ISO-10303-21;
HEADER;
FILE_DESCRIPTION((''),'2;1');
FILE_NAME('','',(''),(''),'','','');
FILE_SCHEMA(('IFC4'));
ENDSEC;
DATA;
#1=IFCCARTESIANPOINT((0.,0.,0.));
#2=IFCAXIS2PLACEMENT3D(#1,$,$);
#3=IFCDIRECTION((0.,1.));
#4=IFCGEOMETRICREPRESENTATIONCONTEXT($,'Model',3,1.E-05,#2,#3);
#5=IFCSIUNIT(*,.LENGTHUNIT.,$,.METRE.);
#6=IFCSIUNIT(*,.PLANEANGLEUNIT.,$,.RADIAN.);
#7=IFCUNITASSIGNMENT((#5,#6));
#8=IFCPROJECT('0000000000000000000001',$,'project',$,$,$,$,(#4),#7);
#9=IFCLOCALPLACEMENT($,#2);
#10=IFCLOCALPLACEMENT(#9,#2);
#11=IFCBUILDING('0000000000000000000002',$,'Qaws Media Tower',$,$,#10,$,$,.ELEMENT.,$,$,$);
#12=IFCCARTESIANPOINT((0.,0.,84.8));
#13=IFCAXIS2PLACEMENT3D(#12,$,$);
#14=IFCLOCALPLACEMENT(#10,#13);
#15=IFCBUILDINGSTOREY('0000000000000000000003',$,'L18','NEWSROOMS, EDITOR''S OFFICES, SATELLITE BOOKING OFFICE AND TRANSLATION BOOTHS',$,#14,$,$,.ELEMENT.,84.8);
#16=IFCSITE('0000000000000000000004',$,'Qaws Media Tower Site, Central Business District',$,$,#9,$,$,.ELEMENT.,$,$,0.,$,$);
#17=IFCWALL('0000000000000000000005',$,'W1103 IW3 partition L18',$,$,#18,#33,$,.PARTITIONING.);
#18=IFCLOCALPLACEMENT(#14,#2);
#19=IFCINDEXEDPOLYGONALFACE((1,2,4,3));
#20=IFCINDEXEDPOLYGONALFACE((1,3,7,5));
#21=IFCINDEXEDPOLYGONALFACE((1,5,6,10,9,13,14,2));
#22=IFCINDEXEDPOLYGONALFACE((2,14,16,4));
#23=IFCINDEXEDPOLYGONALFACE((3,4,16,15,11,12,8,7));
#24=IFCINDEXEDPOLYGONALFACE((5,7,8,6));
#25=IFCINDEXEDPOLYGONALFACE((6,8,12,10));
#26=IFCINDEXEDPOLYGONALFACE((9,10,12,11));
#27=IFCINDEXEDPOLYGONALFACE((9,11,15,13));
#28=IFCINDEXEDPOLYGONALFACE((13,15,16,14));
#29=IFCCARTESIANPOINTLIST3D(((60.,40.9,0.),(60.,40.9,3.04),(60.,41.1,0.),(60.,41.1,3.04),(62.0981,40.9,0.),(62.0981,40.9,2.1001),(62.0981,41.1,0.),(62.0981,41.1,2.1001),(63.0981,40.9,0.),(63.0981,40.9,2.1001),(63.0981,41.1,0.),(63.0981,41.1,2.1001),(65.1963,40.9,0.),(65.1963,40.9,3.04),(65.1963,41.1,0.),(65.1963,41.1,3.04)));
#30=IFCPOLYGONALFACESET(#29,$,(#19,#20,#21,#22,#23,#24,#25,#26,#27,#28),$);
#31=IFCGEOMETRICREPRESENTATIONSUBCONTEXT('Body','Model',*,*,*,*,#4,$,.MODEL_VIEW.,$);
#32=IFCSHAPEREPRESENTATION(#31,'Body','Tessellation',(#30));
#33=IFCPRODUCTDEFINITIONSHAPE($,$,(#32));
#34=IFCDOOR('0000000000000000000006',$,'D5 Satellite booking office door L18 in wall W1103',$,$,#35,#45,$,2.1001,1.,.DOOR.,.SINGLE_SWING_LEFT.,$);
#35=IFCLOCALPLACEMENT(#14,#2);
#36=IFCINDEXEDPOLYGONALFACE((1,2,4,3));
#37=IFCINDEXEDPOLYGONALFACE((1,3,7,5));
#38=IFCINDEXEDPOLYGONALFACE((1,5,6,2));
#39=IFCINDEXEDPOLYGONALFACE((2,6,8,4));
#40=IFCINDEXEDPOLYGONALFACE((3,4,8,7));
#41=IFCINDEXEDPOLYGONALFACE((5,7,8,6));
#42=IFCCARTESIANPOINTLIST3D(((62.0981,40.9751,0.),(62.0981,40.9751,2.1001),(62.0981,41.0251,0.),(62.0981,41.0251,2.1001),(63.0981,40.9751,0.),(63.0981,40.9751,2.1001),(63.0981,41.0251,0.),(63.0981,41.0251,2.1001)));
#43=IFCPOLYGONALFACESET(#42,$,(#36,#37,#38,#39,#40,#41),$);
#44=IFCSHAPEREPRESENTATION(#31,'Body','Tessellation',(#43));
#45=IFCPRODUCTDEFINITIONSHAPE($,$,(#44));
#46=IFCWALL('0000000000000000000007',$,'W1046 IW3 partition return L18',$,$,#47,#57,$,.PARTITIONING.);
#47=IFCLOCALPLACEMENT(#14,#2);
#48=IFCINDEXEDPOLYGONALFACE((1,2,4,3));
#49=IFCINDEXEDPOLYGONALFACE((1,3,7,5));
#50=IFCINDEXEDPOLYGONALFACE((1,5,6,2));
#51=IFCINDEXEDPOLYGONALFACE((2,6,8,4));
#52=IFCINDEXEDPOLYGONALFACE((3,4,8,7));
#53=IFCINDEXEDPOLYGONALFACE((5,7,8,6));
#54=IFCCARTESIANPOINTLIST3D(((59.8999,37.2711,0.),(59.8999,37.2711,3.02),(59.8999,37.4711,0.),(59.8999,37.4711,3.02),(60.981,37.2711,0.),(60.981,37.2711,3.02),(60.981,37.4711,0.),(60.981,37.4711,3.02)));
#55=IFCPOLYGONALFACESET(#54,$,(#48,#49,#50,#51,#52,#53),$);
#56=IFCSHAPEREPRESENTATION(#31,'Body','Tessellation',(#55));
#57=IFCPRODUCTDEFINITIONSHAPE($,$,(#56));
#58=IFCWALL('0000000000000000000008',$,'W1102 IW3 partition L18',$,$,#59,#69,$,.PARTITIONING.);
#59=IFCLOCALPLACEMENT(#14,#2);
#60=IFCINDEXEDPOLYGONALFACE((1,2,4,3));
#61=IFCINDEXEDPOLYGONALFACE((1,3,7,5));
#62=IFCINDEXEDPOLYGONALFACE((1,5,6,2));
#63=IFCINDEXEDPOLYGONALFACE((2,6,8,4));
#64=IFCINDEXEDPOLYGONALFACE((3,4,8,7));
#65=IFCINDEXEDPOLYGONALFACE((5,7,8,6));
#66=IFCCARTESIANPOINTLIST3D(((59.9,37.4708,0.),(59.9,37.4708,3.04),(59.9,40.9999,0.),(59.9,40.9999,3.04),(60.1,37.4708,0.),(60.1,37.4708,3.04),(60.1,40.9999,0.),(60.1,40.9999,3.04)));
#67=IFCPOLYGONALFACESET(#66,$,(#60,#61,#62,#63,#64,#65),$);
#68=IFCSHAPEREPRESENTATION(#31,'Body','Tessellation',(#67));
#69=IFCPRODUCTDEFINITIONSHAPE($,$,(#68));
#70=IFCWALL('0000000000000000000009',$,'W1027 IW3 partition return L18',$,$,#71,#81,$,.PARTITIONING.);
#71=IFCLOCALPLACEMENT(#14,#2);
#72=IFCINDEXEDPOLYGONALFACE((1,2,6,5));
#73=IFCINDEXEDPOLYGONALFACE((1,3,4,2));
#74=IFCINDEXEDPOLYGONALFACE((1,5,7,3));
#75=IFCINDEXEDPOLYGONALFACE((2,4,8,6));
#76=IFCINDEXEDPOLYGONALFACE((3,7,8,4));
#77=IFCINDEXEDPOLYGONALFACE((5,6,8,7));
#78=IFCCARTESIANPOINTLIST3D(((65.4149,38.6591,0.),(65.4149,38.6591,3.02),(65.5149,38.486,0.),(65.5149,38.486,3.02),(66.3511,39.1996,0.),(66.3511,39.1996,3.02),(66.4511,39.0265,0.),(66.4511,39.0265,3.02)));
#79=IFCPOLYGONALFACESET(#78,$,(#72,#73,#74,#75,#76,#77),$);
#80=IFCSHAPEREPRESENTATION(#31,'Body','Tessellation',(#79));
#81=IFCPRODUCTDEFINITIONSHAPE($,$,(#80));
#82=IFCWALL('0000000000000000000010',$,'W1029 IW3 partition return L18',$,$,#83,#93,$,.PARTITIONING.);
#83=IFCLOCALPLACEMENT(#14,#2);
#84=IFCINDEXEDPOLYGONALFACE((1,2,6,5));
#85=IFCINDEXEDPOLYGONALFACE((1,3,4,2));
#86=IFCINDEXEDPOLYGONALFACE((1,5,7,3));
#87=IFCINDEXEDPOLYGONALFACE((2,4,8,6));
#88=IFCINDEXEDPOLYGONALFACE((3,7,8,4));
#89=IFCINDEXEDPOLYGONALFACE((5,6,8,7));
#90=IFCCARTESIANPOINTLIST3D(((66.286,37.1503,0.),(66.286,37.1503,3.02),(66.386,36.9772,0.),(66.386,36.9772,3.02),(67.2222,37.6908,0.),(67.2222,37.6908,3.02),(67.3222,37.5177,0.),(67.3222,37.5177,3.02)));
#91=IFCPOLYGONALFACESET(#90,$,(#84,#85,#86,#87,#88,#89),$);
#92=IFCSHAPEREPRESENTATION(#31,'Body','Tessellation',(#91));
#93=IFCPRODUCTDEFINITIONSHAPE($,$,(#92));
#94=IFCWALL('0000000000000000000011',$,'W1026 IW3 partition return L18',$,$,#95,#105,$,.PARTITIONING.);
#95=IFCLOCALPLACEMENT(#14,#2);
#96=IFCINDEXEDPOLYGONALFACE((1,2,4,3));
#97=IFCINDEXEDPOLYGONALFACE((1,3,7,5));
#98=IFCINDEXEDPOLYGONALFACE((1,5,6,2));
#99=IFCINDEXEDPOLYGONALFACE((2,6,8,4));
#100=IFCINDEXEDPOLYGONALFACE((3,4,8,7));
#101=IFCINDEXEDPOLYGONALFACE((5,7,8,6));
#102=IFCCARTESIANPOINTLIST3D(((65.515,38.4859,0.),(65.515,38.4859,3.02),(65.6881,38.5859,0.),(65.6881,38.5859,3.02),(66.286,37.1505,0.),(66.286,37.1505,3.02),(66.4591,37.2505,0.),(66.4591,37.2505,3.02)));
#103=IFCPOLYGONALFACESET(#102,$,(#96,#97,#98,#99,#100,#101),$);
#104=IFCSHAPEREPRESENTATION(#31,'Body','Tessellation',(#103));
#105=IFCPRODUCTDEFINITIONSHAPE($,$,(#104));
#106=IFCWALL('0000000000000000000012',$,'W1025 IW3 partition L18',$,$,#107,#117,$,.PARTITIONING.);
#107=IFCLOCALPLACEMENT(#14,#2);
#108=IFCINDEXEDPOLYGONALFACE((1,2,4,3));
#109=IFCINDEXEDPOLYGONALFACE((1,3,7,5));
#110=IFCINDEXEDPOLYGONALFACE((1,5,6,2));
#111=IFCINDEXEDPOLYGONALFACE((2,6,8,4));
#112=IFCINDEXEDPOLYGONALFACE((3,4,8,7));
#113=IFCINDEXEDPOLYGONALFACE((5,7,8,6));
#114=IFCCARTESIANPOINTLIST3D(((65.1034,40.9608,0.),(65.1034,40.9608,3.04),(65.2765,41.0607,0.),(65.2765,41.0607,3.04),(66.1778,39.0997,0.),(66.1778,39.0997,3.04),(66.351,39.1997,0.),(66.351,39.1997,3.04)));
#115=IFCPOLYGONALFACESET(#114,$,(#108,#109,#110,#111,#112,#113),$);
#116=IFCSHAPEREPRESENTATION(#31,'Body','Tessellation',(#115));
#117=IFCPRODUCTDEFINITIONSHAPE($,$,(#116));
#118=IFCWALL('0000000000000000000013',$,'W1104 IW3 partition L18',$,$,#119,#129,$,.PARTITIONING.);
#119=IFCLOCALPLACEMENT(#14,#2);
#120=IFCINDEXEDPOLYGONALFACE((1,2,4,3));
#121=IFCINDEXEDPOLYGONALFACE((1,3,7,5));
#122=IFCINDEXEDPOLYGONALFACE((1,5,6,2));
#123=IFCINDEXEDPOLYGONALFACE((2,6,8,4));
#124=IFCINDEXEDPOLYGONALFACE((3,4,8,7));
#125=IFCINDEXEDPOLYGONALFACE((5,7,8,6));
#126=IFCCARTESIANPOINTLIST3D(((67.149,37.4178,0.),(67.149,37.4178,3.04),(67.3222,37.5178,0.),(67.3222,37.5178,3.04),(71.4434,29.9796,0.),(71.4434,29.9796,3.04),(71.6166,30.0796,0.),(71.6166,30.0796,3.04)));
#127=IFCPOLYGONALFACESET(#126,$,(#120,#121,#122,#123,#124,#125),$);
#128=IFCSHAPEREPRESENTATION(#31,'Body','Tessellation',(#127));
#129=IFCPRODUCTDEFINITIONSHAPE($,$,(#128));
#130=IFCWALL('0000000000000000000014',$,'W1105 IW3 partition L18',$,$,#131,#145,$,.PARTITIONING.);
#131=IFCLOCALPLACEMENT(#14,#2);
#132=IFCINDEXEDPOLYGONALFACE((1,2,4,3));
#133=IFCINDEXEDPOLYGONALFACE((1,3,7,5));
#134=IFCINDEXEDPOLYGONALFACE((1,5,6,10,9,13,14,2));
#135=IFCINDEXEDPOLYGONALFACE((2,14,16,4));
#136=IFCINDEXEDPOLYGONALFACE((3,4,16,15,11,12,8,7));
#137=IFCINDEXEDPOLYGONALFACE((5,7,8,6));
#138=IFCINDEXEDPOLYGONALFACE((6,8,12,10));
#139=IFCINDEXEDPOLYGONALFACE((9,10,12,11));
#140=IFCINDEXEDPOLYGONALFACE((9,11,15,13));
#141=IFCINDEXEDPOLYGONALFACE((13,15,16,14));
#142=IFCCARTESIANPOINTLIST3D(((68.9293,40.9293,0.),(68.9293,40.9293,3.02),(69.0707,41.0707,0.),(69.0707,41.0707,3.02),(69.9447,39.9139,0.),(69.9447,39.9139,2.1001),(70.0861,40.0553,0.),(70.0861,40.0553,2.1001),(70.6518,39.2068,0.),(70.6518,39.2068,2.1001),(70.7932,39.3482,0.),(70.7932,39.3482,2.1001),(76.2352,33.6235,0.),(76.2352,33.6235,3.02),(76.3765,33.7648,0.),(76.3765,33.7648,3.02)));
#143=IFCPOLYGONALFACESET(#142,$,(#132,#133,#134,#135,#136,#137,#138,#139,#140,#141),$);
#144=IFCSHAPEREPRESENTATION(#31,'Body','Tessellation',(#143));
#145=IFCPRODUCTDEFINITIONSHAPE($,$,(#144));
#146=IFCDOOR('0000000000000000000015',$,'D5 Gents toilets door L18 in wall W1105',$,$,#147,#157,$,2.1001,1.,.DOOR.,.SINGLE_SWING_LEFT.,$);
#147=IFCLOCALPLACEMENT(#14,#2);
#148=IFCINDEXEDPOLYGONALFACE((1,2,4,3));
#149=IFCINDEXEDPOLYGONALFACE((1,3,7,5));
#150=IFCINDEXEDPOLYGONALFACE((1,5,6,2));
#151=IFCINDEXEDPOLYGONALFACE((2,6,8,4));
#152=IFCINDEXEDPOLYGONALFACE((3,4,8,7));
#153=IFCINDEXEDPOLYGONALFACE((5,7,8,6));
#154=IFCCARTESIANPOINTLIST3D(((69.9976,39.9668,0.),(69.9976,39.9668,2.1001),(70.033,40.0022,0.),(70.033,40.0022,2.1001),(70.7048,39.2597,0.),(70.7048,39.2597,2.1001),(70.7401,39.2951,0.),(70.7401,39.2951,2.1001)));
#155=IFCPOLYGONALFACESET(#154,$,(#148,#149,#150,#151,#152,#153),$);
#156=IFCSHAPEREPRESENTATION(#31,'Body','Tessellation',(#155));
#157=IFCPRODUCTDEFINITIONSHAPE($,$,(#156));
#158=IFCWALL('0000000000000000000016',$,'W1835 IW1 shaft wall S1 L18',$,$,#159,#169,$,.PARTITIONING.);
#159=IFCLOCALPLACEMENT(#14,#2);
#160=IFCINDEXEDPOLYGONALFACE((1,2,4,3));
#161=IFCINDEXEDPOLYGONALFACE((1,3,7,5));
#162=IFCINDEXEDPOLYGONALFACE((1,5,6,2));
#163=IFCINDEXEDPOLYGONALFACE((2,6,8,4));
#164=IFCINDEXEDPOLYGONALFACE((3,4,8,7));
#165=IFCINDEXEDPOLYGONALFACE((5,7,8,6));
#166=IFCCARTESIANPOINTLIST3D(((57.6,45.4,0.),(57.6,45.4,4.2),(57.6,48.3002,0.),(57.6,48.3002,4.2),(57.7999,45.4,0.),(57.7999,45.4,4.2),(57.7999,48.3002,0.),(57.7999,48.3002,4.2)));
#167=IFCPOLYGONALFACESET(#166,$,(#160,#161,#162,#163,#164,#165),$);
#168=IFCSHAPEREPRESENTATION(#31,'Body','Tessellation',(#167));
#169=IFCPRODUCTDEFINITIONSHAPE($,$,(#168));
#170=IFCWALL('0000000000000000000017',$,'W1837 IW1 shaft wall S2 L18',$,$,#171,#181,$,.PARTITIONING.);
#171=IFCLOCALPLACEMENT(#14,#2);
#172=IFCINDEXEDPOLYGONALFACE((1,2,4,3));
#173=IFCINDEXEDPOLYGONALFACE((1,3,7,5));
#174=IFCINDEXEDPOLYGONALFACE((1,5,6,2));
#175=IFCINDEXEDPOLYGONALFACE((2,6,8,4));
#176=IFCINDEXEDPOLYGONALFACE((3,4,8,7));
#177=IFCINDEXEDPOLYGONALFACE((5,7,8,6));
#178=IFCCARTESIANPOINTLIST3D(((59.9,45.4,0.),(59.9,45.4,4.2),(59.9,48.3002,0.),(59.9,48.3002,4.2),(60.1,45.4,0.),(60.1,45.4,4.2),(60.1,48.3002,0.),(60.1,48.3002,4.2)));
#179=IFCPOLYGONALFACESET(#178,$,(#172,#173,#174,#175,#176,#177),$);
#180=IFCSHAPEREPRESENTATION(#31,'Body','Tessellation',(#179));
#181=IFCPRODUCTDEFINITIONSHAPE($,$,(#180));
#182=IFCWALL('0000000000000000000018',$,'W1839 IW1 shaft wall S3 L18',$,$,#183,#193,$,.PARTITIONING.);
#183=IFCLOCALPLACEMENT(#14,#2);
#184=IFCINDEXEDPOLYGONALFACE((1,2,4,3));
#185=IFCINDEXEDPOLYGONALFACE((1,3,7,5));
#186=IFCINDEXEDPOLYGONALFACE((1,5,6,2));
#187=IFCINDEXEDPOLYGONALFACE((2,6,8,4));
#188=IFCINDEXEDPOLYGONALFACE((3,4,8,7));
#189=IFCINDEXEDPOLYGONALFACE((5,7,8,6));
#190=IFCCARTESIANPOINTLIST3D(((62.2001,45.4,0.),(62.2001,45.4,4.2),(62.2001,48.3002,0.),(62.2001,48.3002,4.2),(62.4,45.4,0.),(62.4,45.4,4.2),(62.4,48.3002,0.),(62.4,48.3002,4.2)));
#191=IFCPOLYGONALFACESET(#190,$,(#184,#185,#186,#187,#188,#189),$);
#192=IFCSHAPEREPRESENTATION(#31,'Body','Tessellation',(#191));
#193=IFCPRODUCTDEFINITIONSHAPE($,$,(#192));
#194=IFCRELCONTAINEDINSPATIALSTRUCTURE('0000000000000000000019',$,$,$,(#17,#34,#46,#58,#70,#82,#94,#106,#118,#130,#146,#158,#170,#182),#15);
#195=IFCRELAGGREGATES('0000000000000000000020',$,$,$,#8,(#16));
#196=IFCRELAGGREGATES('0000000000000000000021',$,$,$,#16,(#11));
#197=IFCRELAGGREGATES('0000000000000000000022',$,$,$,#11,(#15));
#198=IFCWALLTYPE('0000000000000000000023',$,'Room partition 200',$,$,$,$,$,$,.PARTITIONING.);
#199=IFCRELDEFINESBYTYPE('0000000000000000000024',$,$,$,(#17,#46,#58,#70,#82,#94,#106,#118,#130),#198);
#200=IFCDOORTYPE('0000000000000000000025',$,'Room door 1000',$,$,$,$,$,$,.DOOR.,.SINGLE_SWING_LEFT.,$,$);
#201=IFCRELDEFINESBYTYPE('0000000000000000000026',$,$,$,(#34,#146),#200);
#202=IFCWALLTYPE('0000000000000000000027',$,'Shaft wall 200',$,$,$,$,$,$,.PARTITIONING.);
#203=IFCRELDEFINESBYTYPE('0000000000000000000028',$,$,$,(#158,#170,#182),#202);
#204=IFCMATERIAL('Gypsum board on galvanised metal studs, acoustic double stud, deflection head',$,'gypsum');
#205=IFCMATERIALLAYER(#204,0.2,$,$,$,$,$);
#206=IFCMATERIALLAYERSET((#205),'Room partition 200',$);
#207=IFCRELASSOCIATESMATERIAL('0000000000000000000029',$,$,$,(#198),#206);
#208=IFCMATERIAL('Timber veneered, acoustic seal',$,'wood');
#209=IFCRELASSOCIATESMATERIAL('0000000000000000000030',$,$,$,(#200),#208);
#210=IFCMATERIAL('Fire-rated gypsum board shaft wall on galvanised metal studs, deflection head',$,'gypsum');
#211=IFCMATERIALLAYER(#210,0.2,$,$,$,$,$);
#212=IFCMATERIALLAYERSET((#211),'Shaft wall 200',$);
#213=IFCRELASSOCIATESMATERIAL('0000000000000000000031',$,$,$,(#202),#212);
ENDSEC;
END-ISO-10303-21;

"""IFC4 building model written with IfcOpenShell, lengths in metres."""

from ifc_helpers import new_model, si_unit, direction, frame, frame_2d, origin, place, context, subcontext, project, spatial, rectangle, extrude, material, layer, layer_set, type_object, element, fill, save


model = new_model("IFC4")

# Units and contexts
model_context = context("Model", 3, precision=1e-05, world=origin(), true_north=direction((0.0, 1.0)))
body_context = subcontext(model_context, "Body", "Model", "MODEL_VIEW")
ifc_project = project(units=[si_unit("LENGTHUNIT", "METRE"), si_unit("PLANEANGLEUNIT", "RADIAN")], contexts=[model_context])

# Site, building, storey
site_placement = place(None, origin())
site = spatial("IfcSite", under=ifc_project, at=site_placement, Name="Qaws Media Tower Site, Central Business District", CompositionType="ELEMENT", RefElevation=0.0)
building_placement = place(site_placement, origin())
building = spatial("IfcBuilding", under=site, at=building_placement, Name="Qaws Media Tower", CompositionType="ELEMENT")
storey_placement = place(building_placement, frame((0.0, 0.0, 84.8)))
storey = spatial("IfcBuildingStorey", under=building, at=storey_placement, Name="L18", Description="NEWSROOMS, EDITOR'S OFFICES, SATELLITE BOOKING OFFICE AND TRANSLATION BOOTHS", CompositionType="ELEMENT", Elevation=84.8)

# Shared definitions
ifc_material_1 = material(Name="Gypsum board on galvanised metal studs, acoustic double stud, deflection head", Category="gypsum")
ifc_layer_1 = layer(ifc_material_1, 0.2)
ifc_layer_set_1 = layer_set([ifc_layer_1], Name="Room partition 200")
wall_type_1 = type_object("IfcWallType", Name="Room partition 200", PredefinedType="PARTITIONING", material=ifc_layer_set_1)

# Wall, opening, door
wall_1_placement = place(storey_placement, frame((65.1963, 41.0, 0.0), z_axis=(0.0, 0.0, 1.0), x_axis=(-1.0, 0.0, 0.0)))
wall_1 = element("IfcWall", 1, at=wall_1_placement, inside=storey, type_object=wall_type_1, Name="W1103 IW3 partition L18", PredefinedType="PARTITIONING", context=body_context, shape_type="SweptSolid", body=[
    extrude(rectangle(XDim=5.1963, YDim=0.2, at=frame_2d((2.5981, 0.0))), origin(), (0.0, 0.0, 1.0), 3.04),
])
opening_1_placement = place(wall_1_placement, frame((2.0981, 0.0, 0.0)))
opening_1 = element("IfcOpeningElement", 2, at=opening_1_placement, cuts=wall_1, PredefinedType="OPENING", context=body_context, shape_type="SweptSolid", body=[
    extrude(rectangle(XDim=1.0, YDim=2.1001, at=frame_2d((0.5, 1.05))), frame((0.0, 0.1099, 0.0), z_axis=(0.0, -1.0, 0.0), x_axis=(1.0, 0.0, 0.0)), (0.0, 0.0, 1.0), 0.22),
])
ifc_material_2 = material(Name="Timber veneered, acoustic seal", Category="wood")
door_type_1 = type_object("IfcDoorType", Name="Room door 1000", OperationType="SINGLE_SWING_LEFT", PredefinedType="DOOR", material=ifc_material_2)
door_1_placement = place(opening_1_placement, origin())
door_1 = element("IfcDoor", 3, at=door_1_placement, inside=storey, type_object=door_type_1, Name="D5 Satellite booking office door L18 in wall W1103", OperationType="SINGLE_SWING_LEFT", OverallHeight=2.1001, OverallWidth=1.0, PredefinedType="DOOR", context=body_context, shape_type="SweptSolid", body=[
    extrude(rectangle(XDim=1.0, YDim=2.1001, at=frame_2d((0.5, 1.05))), frame((0.0, 0.0249, 0.0), z_axis=(0.0, -1.0, 0.0), x_axis=(1.0, 0.0, 0.0)), (0.0, 0.0, 1.0), 0.05),
])
fill(opening_1, door_1)

# Walls
wall_2_placement = place(storey_placement, frame((59.8999, 37.3711, 0.0), z_axis=(0.0, 0.0, 1.0), x_axis=(1.0, 0.0, 0.0)))
element("IfcWall", 4, at=wall_2_placement, inside=storey, type_object=wall_type_1, Name="W1046 IW3 partition return L18", PredefinedType="PARTITIONING", context=body_context, shape_type="SweptSolid", body=[
    extrude(rectangle(XDim=1.0811, YDim=0.2, at=frame_2d((0.5405, 0.0))), origin(), (0.0, 0.0, 1.0), 3.02),
])
wall_3_placement = place(storey_placement, frame((60.0, 41.0, 0.0), z_axis=(0.0, 0.0, 1.0), x_axis=(0.0, -1.0, 0.0)))
element("IfcWall", 5, at=wall_3_placement, inside=storey, type_object=wall_type_1, Name="W1102 IW3 partition L18", PredefinedType="PARTITIONING", context=body_context, shape_type="SweptSolid", body=[
    extrude(rectangle(XDim=3.5291, YDim=0.2, at=frame_2d((1.7646, 0.0))), origin(), (0.0, 0.0, 1.0), 3.04),
])
for number, where, z_axis, x_axis, name in (
    (6, (66.4011, 39.113, 0.0), (0.0, 0.0, 1.0), (-0.866039, -0.499977, 0.0), "W1027 IW3 partition return L18"),
    (7, (67.2722, 37.6042, 0.0), (0.0, 0.0, 1.0), (-0.866039, -0.499977, 0.0), "W1029 IW3 partition return L18"),
):
    element("IfcWall", number, at=place(storey_placement, frame(where, z_axis=z_axis, x_axis=x_axis)), inside=storey, type_object=wall_type_1, Name=name, PredefinedType="PARTITIONING", context=body_context, shape_type="SweptSolid", body=[
        extrude(rectangle(XDim=1.0811, YDim=0.2, at=frame_2d((0.5405, 0.0))), origin(), (0.0, 0.0, 1.0), 3.02),
    ])
wall_4_placement = place(storey_placement, frame((65.6016, 38.5359, 0.0), z_axis=(0.0, 0.0, 1.0), x_axis=(0.499987, -0.866033, 0.0)))
element("IfcWall", 8, at=wall_4_placement, inside=storey, type_object=wall_type_1, Name="W1026 IW3 partition return L18", PredefinedType="PARTITIONING", context=body_context, shape_type="SweptSolid", body=[
    extrude(rectangle(XDim=1.542, YDim=0.2, at=frame_2d((0.771, 0.0))), origin(), (0.0, 0.0, 1.0), 3.02),
])
wall_5_placement = place(storey_placement, frame((65.1899, 41.0107, 0.0), z_axis=(0.0, 0.0, 1.0), x_axis=(0.499988, -0.866032, 0.0)))
element("IfcWall", 9, at=wall_5_placement, inside=storey, type_object=wall_type_1, Name="W1025 IW3 partition L18", PredefinedType="PARTITIONING", context=body_context, shape_type="SweptSolid", body=[
    extrude(rectangle(XDim=2.1489, YDim=0.2, at=frame_2d((1.0745, 0.0))), origin(), (0.0, 0.0, 1.0), 3.04),
])
wall_6_placement = place(storey_placement, frame((67.2356, 37.4678, 0.0), z_axis=(0.0, 0.0, 1.0), x_axis=(0.499997, -0.866027, 0.0)))
element("IfcWall", 10, at=wall_6_placement, inside=storey, type_object=wall_type_1, Name="W1104 IW3 partition L18", PredefinedType="PARTITIONING", context=body_context, shape_type="SweptSolid", body=[
    extrude(rectangle(XDim=8.5889, YDim=0.2, at=frame_2d((4.2944, 0.0))), origin(), (0.0, 0.0, 1.0), 3.04),
])

# Wall, opening, door
wall_7_placement = place(storey_placement, frame((69.0, 41.0, 0.0), z_axis=(0.0, 0.0, 1.0), x_axis=(0.707107, -0.707107, 0.0)))
wall_7 = element("IfcWall", 11, at=wall_7_placement, inside=storey, type_object=wall_type_1, Name="W1105 IW3 partition L18", PredefinedType="PARTITIONING", context=body_context, shape_type="SweptSolid", body=[
    extrude(rectangle(XDim=10.332, YDim=0.2, at=frame_2d((5.166, 0.0))), origin(), (0.0, 0.0, 1.0), 3.02),
])
opening_2_placement = place(wall_7_placement, frame((1.436, 0.0, 0.0)))
opening_2 = element("IfcOpeningElement", 12, at=opening_2_placement, cuts=wall_7, PredefinedType="OPENING", context=body_context, shape_type="SweptSolid", body=[
    extrude(rectangle(XDim=1.0, YDim=2.1001, at=frame_2d((0.5, 1.05))), frame((0.0, 0.1099, 0.0), z_axis=(0.0, -1.0, 0.0), x_axis=(1.0, 0.0, 0.0)), (0.0, 0.0, 1.0), 0.22),
])
door_2_placement = place(opening_2_placement, origin())
door_2 = element("IfcDoor", 13, at=door_2_placement, inside=storey, type_object=door_type_1, Name="D5 Gents toilets door L18 in wall W1105", OperationType="SINGLE_SWING_LEFT", OverallHeight=2.1001, OverallWidth=1.0, PredefinedType="DOOR", context=body_context, shape_type="SweptSolid", body=[
    extrude(rectangle(XDim=1.0, YDim=2.1001, at=frame_2d((0.5, 1.05))), frame((0.0, 0.0249, 0.0), z_axis=(0.0, -1.0, 0.0), x_axis=(1.0, 0.0, 0.0)), (0.0, 0.0, 1.0), 0.05),
])
fill(opening_2, door_2)

# Walls
ifc_material_3 = material(Name="Fire-rated gypsum board shaft wall on galvanised metal studs, deflection head", Category="gypsum")
ifc_layer_2 = layer(ifc_material_3, 0.2)
ifc_layer_set_2 = layer_set([ifc_layer_2], Name="Shaft wall 200")
wall_type_2 = type_object("IfcWallType", Name="Shaft wall 200", PredefinedType="PARTITIONING", material=ifc_layer_set_2)
for number, where, z_axis, x_axis, name in (
    (14, (57.7, 45.3999, 0.0), (0.0, 0.0, 1.0), (0.0, 1.0, 0.0), "W1835 IW1 shaft wall S1 L18"),
    (15, (60.0, 45.3999, 0.0), (0.0, 0.0, 1.0), (0.0, 1.0, 0.0), "W1837 IW1 shaft wall S2 L18"),
    (16, (62.3, 45.3999, 0.0), (0.0, 0.0, 1.0), (0.0, 1.0, 0.0), "W1839 IW1 shaft wall S3 L18"),
):
    element("IfcWall", number, at=place(storey_placement, frame(where, z_axis=z_axis, x_axis=x_axis)), inside=storey, type_object=wall_type_2, Name=name, PredefinedType="PARTITIONING", context=body_context, shape_type="SweptSolid", body=[
        extrude(rectangle(XDim=2.9001, YDim=0.2, at=frame_2d((1.4502, 0.0))), origin(), (0.0, 0.0, 1.0), 4.2),
    ])

save(model, "model.ifc")
